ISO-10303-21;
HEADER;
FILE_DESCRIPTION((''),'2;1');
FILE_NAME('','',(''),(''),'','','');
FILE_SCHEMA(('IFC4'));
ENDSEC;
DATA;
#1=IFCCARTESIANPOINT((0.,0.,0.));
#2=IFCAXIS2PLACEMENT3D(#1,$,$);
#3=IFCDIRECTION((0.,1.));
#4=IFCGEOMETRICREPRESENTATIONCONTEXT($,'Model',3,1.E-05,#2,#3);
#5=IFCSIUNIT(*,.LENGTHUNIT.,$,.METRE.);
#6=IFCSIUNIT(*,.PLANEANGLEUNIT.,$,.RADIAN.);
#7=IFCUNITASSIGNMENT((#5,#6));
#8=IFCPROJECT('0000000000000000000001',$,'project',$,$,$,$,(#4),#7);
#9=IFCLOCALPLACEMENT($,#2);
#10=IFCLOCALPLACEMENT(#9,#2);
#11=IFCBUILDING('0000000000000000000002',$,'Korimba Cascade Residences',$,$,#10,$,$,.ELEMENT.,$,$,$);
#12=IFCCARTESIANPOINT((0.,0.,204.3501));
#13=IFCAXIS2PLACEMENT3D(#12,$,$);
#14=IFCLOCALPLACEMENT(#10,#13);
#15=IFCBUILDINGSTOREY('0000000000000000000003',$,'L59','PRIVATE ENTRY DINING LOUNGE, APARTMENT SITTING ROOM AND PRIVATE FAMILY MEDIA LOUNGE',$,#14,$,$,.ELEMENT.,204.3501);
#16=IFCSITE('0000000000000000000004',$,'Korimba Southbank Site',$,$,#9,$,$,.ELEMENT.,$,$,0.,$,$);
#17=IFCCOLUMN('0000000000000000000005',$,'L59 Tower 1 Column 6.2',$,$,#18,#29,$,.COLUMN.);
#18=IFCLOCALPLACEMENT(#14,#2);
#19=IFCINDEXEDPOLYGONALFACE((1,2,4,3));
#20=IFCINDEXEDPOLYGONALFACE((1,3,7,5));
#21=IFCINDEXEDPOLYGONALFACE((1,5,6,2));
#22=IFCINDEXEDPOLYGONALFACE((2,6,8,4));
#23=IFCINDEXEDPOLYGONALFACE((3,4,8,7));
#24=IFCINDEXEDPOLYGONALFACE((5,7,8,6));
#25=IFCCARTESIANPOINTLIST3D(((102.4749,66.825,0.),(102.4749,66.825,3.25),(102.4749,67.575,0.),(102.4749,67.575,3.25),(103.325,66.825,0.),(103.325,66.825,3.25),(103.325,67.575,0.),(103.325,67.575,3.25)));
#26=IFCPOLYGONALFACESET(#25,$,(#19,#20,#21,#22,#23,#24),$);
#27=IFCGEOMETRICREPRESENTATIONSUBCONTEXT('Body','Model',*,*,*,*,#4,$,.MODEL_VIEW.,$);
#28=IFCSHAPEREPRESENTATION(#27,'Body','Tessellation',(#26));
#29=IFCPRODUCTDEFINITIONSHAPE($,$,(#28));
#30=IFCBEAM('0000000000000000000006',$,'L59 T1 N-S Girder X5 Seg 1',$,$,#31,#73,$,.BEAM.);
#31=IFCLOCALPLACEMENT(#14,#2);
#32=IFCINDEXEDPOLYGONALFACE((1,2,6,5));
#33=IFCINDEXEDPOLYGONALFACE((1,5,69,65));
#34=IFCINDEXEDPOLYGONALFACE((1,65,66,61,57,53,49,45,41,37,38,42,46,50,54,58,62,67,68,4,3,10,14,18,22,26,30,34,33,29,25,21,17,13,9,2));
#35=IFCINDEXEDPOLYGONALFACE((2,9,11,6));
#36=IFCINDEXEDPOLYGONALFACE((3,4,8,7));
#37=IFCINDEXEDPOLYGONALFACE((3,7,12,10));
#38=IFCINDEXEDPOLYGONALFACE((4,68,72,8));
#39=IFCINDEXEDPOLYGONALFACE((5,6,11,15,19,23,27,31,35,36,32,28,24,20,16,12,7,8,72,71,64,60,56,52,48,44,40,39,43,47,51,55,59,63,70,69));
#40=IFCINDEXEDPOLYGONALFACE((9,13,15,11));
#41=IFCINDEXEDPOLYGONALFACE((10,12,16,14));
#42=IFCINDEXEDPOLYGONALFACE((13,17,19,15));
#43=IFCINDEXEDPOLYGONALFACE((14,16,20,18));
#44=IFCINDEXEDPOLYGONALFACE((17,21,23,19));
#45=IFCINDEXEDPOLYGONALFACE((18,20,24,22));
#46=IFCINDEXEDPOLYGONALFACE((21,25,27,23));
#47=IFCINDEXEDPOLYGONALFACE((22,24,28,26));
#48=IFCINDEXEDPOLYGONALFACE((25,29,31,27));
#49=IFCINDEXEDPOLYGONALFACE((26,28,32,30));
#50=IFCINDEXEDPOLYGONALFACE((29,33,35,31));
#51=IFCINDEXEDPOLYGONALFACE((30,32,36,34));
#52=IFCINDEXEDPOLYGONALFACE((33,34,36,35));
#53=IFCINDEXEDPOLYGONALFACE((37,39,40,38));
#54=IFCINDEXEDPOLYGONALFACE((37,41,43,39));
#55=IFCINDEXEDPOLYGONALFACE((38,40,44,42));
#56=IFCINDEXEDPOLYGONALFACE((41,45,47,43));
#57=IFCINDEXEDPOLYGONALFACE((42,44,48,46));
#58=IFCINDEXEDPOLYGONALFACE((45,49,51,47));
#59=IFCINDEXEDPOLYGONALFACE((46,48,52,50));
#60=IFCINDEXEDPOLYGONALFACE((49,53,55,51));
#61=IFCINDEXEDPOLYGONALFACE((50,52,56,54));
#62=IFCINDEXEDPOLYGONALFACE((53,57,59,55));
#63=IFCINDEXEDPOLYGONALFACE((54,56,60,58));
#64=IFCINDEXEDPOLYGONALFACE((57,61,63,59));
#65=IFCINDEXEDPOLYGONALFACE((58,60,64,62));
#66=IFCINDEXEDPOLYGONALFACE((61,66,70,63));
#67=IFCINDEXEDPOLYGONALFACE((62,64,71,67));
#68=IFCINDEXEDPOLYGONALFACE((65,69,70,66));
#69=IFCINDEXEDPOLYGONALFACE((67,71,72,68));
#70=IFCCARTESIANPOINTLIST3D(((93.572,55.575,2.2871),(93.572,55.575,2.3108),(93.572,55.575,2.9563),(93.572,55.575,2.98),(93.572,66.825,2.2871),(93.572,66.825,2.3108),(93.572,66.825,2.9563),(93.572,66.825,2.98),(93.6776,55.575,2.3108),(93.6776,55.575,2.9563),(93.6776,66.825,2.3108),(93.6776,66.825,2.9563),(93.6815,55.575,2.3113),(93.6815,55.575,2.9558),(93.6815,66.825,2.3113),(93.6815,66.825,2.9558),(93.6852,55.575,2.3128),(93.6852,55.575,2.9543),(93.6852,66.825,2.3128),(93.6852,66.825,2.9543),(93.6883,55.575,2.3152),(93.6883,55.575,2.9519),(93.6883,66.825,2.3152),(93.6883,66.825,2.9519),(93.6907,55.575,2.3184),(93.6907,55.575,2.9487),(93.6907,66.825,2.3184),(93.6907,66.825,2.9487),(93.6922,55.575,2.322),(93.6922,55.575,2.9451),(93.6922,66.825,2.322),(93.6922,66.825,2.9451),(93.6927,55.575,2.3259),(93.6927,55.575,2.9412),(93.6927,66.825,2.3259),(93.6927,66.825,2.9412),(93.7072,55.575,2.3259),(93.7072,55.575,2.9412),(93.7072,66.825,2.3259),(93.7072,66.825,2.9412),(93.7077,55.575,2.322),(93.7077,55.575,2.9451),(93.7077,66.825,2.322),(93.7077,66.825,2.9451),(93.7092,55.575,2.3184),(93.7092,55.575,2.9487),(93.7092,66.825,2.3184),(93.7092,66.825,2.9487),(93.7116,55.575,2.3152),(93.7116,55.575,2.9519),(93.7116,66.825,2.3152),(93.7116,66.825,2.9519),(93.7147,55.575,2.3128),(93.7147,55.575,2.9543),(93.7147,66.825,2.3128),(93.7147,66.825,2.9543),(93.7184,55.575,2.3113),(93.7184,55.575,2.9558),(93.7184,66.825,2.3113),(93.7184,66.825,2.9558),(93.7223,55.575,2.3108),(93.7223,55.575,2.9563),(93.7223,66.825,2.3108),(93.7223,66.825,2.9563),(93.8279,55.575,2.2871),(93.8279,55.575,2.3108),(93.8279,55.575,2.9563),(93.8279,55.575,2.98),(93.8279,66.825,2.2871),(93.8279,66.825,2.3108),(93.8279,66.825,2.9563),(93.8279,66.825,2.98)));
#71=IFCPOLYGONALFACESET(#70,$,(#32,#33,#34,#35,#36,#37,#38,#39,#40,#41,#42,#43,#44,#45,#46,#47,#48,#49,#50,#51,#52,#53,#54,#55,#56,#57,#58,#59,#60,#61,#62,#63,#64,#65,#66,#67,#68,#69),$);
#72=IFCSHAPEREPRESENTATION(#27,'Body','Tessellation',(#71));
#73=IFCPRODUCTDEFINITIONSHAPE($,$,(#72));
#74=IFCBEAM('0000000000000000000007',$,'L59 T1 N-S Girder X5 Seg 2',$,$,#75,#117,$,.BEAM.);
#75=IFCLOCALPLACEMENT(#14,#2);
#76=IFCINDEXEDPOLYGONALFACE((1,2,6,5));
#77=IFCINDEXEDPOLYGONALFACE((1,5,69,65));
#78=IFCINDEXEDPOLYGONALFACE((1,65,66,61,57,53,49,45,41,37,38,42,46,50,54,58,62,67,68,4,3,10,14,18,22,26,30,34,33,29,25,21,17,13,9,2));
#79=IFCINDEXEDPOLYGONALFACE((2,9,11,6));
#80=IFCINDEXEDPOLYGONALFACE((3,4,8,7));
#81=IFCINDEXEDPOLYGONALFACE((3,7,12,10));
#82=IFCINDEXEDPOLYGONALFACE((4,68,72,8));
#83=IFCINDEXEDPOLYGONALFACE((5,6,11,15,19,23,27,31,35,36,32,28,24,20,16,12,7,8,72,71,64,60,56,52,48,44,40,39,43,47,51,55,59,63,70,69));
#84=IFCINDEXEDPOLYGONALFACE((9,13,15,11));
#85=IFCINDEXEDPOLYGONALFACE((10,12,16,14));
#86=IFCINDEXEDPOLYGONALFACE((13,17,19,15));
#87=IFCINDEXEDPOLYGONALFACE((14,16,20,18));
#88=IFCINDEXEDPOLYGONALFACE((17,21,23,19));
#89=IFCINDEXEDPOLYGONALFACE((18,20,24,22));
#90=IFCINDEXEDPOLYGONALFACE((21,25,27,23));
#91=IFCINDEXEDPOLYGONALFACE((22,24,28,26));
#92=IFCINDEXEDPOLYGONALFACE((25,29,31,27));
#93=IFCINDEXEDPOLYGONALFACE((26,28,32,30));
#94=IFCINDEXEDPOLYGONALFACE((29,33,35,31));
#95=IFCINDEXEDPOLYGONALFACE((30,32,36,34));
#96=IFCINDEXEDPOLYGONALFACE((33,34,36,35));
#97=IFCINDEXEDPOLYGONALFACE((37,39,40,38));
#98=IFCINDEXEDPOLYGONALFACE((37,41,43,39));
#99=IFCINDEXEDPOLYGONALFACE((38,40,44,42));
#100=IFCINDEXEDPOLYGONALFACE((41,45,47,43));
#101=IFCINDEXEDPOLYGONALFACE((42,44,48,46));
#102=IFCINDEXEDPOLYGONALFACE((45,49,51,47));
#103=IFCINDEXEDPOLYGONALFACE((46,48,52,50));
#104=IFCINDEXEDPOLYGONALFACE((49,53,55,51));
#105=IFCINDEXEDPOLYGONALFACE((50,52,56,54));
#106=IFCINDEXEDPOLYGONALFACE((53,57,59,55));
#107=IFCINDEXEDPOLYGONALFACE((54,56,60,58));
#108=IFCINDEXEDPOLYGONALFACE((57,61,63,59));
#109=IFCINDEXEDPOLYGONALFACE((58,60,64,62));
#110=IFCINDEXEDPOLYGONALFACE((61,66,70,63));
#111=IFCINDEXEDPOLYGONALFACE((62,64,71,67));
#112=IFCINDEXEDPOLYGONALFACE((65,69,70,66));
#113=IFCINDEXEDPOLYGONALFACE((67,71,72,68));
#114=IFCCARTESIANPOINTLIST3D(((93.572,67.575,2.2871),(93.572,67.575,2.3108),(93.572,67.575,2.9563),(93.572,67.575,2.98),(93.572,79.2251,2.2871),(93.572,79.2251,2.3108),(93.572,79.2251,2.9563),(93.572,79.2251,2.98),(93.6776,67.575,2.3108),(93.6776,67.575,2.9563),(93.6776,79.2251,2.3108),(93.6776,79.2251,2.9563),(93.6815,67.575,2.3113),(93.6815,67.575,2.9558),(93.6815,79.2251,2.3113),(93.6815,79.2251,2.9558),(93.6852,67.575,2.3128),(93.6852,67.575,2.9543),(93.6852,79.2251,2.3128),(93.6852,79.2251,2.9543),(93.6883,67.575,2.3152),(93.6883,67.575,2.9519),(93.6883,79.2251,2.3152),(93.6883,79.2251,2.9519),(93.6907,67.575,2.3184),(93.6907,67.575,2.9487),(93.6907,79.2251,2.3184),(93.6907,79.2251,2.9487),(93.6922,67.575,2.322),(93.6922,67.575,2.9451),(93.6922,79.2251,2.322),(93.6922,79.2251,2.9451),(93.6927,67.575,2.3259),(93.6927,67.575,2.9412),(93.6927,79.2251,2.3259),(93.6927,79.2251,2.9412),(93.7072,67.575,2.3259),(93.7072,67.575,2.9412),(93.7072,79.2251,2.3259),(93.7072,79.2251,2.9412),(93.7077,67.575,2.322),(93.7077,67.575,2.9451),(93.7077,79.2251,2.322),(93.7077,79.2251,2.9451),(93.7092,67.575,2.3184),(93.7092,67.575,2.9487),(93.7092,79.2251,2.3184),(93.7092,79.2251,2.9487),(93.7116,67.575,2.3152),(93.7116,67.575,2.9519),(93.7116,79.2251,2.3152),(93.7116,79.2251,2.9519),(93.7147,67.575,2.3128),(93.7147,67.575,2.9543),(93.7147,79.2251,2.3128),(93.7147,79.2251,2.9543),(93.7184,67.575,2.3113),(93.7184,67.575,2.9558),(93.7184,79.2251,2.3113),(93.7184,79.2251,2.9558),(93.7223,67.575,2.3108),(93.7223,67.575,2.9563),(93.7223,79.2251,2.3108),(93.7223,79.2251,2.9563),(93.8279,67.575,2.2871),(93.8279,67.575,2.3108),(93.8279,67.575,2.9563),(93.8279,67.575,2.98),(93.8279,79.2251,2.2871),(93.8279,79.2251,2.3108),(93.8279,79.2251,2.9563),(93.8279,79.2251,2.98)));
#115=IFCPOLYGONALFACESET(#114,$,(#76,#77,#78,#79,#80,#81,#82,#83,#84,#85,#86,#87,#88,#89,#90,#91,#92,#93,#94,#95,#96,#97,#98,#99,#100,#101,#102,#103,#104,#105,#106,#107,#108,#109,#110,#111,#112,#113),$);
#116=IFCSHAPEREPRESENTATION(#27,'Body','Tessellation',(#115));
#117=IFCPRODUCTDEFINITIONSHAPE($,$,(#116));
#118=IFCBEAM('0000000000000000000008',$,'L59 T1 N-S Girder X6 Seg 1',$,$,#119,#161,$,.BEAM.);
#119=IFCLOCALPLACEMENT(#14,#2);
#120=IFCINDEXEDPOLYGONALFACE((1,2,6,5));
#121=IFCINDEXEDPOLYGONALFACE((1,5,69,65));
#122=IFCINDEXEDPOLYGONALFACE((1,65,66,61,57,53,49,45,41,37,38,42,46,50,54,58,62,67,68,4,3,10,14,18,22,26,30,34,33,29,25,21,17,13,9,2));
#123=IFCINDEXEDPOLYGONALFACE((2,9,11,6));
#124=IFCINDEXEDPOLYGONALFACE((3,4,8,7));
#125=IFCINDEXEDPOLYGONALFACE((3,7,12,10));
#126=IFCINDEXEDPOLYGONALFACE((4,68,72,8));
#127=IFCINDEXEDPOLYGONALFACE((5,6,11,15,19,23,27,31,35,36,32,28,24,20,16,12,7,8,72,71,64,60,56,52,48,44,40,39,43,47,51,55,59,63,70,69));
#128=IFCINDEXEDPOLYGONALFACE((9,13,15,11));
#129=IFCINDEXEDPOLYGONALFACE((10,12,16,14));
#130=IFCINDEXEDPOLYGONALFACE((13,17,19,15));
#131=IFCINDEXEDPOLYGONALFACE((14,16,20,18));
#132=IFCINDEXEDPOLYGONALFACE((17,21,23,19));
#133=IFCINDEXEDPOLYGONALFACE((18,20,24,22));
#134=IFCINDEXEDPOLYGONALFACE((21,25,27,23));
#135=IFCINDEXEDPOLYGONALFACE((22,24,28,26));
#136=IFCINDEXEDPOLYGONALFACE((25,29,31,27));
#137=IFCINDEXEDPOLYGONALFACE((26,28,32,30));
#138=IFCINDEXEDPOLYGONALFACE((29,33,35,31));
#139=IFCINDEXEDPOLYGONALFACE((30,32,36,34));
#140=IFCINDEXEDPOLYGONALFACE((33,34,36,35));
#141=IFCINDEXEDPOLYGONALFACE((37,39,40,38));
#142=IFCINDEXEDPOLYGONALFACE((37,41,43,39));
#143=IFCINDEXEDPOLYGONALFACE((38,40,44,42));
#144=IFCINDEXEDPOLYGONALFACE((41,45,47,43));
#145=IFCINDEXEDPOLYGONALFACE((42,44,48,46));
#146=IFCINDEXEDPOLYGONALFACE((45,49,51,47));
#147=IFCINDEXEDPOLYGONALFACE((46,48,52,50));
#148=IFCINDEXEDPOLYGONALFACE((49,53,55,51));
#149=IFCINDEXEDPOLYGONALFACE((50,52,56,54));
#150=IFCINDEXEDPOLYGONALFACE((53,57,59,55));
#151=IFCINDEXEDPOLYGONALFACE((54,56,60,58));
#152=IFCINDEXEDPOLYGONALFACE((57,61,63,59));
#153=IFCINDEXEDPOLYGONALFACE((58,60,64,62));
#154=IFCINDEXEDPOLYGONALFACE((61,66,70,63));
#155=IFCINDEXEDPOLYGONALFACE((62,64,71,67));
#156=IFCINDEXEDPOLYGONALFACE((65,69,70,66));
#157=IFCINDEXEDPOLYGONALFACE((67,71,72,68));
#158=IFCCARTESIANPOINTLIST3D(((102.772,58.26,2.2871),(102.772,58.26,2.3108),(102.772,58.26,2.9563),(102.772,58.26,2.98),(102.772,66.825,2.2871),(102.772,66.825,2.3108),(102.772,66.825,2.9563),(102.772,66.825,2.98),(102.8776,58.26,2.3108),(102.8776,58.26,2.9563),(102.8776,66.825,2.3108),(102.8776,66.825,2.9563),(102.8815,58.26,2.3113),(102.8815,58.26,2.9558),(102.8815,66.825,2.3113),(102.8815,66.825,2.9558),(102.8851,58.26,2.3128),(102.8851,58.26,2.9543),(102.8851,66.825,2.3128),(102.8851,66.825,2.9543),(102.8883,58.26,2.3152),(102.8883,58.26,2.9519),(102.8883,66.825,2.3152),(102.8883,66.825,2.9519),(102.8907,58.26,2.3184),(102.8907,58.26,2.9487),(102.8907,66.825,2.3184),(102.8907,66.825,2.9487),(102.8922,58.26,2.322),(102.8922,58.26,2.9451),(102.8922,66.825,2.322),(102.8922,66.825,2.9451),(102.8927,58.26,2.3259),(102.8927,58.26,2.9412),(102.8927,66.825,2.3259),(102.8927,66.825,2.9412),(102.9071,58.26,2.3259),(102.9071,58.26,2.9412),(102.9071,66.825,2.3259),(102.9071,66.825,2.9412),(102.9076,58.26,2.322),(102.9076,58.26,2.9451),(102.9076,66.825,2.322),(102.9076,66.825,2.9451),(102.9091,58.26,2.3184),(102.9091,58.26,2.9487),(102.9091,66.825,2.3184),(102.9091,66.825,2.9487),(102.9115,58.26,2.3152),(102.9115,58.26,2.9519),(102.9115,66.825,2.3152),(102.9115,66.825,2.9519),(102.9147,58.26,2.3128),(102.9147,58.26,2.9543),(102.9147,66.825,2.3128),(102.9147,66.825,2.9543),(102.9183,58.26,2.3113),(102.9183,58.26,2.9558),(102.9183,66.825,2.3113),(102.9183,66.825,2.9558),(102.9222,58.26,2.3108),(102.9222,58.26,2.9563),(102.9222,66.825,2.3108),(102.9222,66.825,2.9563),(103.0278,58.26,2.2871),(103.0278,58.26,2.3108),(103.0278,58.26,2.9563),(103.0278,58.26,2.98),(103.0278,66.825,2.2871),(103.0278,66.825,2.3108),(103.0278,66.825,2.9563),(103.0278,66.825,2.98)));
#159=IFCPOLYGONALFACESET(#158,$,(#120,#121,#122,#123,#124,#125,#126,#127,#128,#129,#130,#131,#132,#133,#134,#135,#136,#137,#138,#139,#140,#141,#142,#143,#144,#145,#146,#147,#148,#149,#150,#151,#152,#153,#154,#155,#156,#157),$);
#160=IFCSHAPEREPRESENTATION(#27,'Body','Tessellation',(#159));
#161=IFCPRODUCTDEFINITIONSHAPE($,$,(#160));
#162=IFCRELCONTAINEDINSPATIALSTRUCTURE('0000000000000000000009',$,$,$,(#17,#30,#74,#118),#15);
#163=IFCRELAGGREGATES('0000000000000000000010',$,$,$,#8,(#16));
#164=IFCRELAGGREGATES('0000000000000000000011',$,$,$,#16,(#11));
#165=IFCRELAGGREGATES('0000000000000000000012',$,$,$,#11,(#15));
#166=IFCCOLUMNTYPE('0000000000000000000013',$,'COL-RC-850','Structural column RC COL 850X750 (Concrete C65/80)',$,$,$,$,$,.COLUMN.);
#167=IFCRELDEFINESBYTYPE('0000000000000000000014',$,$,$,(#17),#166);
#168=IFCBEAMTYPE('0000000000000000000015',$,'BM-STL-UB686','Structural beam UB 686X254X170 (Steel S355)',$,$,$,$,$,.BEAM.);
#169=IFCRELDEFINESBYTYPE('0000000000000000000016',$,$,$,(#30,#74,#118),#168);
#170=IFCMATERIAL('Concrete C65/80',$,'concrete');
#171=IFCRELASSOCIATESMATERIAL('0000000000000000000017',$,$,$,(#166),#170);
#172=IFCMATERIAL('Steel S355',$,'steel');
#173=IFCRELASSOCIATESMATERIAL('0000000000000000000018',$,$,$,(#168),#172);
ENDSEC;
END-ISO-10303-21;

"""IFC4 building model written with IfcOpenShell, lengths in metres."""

from ifc_helpers import new_model, si_unit, direction, frame, origin, origin_2d, place, context, subcontext, project, spatial, rectangle, i_section, extrude, material, material_profile, profile_set, type_object, element, save


model = new_model("IFC4")

# Units and contexts
model_context = context("Model", 3, precision=1e-05, world=origin(), true_north=direction((0.0, 1.0)))
body_context = subcontext(model_context, "Body", "Model", "MODEL_VIEW")
ifc_project = project(units=[si_unit("LENGTHUNIT", "METRE"), si_unit("PLANEANGLEUNIT", "RADIAN")], contexts=[model_context])

# Site, building, storey
site_placement = place(None, origin())
site = spatial("IfcSite", under=ifc_project, at=site_placement, Name="Korimba Southbank Site", CompositionType="ELEMENT", RefElevation=0.0)
building_placement = place(site_placement, origin())
building = spatial("IfcBuilding", under=site, at=building_placement, Name="Korimba Cascade Residences", CompositionType="ELEMENT")
storey_placement = place(building_placement, frame((0.0, 0.0, 204.3501)))
storey = spatial("IfcBuildingStorey", under=building, at=storey_placement, Name="L59", Description="PRIVATE ENTRY DINING LOUNGE, APARTMENT SITTING ROOM AND PRIVATE FAMILY MEDIA LOUNGE", CompositionType="ELEMENT", Elevation=204.3501)

# Column
ifc_material_1 = material(Name="Concrete C65/80", Category="concrete")
ifc_material_profile_1 = material_profile(ifc_material_1, rectangle(XDim=0.8501, YDim=0.75, at=origin_2d()), Name="Concrete C65/80")
ifc_profile_set_1 = profile_set([ifc_material_profile_1], Name="Concrete C65/80")
column_type = type_object("IfcColumnType", Name="COL-RC-850", Description="Structural column RC COL 850X750 (Concrete C65/80)", PredefinedType="COLUMN", material=ifc_profile_set_1)
column_placement = place(storey_placement, frame((102.8999, 67.2, 0.0), z_axis=(0.0, 0.0, 1.0), x_axis=(1.0, 0.0, 0.0)))
element("IfcColumn", 1, at=column_placement, inside=storey, type_object=column_type, Name="L59 Tower 1 Column 6.2", PredefinedType="COLUMN", context=body_context, shape_type="SweptSolid", body=[
    extrude(rectangle(XDim=0.8501, YDim=0.75, at=origin_2d()), origin(), (0.0, 0.0, 1.0), 3.25),
])

# Beams
ifc_material_2 = material(Name="Steel S355", Category="steel")
ifc_material_profile_2 = material_profile(ifc_material_2, i_section(OverallWidth=0.2559, OverallDepth=0.6929, WebThickness=0.0144, FlangeThickness=0.0237, FilletRadius=0.0151, at=origin_2d()), Name="Steel S355")
ifc_profile_set_2 = profile_set([ifc_material_profile_2], Name="Steel S355")
beam_type = type_object("IfcBeamType", Name="BM-STL-UB686", Description="Structural beam UB 686X254X170 (Steel S355)", PredefinedType="BEAM", material=ifc_profile_set_2)
beam_1_placement = place(storey_placement, frame((93.7, 55.575, 2.6335), z_axis=(0.0, 1.0, 0.0), x_axis=(-1.0, 0.0, 0.0)))
element("IfcBeam", 2, at=beam_1_placement, inside=storey, type_object=beam_type, Name="L59 T1 N-S Girder X5 Seg 1", PredefinedType="BEAM", context=body_context, shape_type="SweptSolid", body=[
    extrude(i_section(OverallWidth=0.2559, OverallDepth=0.6929, WebThickness=0.0144, FlangeThickness=0.0237, FilletRadius=0.0151, at=origin_2d()), origin(), (0.0, 0.0, 1.0), 11.25),
])
beam_2_placement = place(storey_placement, frame((93.7, 67.575, 2.6335), z_axis=(0.0, 1.0, 0.0), x_axis=(-1.0, 0.0, 0.0)))
element("IfcBeam", 3, at=beam_2_placement, inside=storey, type_object=beam_type, Name="L59 T1 N-S Girder X5 Seg 2", PredefinedType="BEAM", context=body_context, shape_type="SweptSolid", body=[
    extrude(i_section(OverallWidth=0.2559, OverallDepth=0.6929, WebThickness=0.0144, FlangeThickness=0.0237, FilletRadius=0.0151, at=origin_2d()), origin(), (0.0, 0.0, 1.0), 11.6501),
])
beam_3_placement = place(storey_placement, frame((102.8999, 58.26, 2.6335), z_axis=(0.0, 1.0, 0.0), x_axis=(-1.0, 0.0, 0.0)))
element("IfcBeam", 4, at=beam_3_placement, inside=storey, type_object=beam_type, Name="L59 T1 N-S Girder X6 Seg 1", PredefinedType="BEAM", context=body_context, shape_type="SweptSolid", body=[
    extrude(i_section(OverallWidth=0.2559, OverallDepth=0.6929, WebThickness=0.0144, FlangeThickness=0.0237, FilletRadius=0.0151, at=origin_2d()), origin(), (0.0, 0.0, 1.0), 8.5649),
])

save(model, "model.ifc")
